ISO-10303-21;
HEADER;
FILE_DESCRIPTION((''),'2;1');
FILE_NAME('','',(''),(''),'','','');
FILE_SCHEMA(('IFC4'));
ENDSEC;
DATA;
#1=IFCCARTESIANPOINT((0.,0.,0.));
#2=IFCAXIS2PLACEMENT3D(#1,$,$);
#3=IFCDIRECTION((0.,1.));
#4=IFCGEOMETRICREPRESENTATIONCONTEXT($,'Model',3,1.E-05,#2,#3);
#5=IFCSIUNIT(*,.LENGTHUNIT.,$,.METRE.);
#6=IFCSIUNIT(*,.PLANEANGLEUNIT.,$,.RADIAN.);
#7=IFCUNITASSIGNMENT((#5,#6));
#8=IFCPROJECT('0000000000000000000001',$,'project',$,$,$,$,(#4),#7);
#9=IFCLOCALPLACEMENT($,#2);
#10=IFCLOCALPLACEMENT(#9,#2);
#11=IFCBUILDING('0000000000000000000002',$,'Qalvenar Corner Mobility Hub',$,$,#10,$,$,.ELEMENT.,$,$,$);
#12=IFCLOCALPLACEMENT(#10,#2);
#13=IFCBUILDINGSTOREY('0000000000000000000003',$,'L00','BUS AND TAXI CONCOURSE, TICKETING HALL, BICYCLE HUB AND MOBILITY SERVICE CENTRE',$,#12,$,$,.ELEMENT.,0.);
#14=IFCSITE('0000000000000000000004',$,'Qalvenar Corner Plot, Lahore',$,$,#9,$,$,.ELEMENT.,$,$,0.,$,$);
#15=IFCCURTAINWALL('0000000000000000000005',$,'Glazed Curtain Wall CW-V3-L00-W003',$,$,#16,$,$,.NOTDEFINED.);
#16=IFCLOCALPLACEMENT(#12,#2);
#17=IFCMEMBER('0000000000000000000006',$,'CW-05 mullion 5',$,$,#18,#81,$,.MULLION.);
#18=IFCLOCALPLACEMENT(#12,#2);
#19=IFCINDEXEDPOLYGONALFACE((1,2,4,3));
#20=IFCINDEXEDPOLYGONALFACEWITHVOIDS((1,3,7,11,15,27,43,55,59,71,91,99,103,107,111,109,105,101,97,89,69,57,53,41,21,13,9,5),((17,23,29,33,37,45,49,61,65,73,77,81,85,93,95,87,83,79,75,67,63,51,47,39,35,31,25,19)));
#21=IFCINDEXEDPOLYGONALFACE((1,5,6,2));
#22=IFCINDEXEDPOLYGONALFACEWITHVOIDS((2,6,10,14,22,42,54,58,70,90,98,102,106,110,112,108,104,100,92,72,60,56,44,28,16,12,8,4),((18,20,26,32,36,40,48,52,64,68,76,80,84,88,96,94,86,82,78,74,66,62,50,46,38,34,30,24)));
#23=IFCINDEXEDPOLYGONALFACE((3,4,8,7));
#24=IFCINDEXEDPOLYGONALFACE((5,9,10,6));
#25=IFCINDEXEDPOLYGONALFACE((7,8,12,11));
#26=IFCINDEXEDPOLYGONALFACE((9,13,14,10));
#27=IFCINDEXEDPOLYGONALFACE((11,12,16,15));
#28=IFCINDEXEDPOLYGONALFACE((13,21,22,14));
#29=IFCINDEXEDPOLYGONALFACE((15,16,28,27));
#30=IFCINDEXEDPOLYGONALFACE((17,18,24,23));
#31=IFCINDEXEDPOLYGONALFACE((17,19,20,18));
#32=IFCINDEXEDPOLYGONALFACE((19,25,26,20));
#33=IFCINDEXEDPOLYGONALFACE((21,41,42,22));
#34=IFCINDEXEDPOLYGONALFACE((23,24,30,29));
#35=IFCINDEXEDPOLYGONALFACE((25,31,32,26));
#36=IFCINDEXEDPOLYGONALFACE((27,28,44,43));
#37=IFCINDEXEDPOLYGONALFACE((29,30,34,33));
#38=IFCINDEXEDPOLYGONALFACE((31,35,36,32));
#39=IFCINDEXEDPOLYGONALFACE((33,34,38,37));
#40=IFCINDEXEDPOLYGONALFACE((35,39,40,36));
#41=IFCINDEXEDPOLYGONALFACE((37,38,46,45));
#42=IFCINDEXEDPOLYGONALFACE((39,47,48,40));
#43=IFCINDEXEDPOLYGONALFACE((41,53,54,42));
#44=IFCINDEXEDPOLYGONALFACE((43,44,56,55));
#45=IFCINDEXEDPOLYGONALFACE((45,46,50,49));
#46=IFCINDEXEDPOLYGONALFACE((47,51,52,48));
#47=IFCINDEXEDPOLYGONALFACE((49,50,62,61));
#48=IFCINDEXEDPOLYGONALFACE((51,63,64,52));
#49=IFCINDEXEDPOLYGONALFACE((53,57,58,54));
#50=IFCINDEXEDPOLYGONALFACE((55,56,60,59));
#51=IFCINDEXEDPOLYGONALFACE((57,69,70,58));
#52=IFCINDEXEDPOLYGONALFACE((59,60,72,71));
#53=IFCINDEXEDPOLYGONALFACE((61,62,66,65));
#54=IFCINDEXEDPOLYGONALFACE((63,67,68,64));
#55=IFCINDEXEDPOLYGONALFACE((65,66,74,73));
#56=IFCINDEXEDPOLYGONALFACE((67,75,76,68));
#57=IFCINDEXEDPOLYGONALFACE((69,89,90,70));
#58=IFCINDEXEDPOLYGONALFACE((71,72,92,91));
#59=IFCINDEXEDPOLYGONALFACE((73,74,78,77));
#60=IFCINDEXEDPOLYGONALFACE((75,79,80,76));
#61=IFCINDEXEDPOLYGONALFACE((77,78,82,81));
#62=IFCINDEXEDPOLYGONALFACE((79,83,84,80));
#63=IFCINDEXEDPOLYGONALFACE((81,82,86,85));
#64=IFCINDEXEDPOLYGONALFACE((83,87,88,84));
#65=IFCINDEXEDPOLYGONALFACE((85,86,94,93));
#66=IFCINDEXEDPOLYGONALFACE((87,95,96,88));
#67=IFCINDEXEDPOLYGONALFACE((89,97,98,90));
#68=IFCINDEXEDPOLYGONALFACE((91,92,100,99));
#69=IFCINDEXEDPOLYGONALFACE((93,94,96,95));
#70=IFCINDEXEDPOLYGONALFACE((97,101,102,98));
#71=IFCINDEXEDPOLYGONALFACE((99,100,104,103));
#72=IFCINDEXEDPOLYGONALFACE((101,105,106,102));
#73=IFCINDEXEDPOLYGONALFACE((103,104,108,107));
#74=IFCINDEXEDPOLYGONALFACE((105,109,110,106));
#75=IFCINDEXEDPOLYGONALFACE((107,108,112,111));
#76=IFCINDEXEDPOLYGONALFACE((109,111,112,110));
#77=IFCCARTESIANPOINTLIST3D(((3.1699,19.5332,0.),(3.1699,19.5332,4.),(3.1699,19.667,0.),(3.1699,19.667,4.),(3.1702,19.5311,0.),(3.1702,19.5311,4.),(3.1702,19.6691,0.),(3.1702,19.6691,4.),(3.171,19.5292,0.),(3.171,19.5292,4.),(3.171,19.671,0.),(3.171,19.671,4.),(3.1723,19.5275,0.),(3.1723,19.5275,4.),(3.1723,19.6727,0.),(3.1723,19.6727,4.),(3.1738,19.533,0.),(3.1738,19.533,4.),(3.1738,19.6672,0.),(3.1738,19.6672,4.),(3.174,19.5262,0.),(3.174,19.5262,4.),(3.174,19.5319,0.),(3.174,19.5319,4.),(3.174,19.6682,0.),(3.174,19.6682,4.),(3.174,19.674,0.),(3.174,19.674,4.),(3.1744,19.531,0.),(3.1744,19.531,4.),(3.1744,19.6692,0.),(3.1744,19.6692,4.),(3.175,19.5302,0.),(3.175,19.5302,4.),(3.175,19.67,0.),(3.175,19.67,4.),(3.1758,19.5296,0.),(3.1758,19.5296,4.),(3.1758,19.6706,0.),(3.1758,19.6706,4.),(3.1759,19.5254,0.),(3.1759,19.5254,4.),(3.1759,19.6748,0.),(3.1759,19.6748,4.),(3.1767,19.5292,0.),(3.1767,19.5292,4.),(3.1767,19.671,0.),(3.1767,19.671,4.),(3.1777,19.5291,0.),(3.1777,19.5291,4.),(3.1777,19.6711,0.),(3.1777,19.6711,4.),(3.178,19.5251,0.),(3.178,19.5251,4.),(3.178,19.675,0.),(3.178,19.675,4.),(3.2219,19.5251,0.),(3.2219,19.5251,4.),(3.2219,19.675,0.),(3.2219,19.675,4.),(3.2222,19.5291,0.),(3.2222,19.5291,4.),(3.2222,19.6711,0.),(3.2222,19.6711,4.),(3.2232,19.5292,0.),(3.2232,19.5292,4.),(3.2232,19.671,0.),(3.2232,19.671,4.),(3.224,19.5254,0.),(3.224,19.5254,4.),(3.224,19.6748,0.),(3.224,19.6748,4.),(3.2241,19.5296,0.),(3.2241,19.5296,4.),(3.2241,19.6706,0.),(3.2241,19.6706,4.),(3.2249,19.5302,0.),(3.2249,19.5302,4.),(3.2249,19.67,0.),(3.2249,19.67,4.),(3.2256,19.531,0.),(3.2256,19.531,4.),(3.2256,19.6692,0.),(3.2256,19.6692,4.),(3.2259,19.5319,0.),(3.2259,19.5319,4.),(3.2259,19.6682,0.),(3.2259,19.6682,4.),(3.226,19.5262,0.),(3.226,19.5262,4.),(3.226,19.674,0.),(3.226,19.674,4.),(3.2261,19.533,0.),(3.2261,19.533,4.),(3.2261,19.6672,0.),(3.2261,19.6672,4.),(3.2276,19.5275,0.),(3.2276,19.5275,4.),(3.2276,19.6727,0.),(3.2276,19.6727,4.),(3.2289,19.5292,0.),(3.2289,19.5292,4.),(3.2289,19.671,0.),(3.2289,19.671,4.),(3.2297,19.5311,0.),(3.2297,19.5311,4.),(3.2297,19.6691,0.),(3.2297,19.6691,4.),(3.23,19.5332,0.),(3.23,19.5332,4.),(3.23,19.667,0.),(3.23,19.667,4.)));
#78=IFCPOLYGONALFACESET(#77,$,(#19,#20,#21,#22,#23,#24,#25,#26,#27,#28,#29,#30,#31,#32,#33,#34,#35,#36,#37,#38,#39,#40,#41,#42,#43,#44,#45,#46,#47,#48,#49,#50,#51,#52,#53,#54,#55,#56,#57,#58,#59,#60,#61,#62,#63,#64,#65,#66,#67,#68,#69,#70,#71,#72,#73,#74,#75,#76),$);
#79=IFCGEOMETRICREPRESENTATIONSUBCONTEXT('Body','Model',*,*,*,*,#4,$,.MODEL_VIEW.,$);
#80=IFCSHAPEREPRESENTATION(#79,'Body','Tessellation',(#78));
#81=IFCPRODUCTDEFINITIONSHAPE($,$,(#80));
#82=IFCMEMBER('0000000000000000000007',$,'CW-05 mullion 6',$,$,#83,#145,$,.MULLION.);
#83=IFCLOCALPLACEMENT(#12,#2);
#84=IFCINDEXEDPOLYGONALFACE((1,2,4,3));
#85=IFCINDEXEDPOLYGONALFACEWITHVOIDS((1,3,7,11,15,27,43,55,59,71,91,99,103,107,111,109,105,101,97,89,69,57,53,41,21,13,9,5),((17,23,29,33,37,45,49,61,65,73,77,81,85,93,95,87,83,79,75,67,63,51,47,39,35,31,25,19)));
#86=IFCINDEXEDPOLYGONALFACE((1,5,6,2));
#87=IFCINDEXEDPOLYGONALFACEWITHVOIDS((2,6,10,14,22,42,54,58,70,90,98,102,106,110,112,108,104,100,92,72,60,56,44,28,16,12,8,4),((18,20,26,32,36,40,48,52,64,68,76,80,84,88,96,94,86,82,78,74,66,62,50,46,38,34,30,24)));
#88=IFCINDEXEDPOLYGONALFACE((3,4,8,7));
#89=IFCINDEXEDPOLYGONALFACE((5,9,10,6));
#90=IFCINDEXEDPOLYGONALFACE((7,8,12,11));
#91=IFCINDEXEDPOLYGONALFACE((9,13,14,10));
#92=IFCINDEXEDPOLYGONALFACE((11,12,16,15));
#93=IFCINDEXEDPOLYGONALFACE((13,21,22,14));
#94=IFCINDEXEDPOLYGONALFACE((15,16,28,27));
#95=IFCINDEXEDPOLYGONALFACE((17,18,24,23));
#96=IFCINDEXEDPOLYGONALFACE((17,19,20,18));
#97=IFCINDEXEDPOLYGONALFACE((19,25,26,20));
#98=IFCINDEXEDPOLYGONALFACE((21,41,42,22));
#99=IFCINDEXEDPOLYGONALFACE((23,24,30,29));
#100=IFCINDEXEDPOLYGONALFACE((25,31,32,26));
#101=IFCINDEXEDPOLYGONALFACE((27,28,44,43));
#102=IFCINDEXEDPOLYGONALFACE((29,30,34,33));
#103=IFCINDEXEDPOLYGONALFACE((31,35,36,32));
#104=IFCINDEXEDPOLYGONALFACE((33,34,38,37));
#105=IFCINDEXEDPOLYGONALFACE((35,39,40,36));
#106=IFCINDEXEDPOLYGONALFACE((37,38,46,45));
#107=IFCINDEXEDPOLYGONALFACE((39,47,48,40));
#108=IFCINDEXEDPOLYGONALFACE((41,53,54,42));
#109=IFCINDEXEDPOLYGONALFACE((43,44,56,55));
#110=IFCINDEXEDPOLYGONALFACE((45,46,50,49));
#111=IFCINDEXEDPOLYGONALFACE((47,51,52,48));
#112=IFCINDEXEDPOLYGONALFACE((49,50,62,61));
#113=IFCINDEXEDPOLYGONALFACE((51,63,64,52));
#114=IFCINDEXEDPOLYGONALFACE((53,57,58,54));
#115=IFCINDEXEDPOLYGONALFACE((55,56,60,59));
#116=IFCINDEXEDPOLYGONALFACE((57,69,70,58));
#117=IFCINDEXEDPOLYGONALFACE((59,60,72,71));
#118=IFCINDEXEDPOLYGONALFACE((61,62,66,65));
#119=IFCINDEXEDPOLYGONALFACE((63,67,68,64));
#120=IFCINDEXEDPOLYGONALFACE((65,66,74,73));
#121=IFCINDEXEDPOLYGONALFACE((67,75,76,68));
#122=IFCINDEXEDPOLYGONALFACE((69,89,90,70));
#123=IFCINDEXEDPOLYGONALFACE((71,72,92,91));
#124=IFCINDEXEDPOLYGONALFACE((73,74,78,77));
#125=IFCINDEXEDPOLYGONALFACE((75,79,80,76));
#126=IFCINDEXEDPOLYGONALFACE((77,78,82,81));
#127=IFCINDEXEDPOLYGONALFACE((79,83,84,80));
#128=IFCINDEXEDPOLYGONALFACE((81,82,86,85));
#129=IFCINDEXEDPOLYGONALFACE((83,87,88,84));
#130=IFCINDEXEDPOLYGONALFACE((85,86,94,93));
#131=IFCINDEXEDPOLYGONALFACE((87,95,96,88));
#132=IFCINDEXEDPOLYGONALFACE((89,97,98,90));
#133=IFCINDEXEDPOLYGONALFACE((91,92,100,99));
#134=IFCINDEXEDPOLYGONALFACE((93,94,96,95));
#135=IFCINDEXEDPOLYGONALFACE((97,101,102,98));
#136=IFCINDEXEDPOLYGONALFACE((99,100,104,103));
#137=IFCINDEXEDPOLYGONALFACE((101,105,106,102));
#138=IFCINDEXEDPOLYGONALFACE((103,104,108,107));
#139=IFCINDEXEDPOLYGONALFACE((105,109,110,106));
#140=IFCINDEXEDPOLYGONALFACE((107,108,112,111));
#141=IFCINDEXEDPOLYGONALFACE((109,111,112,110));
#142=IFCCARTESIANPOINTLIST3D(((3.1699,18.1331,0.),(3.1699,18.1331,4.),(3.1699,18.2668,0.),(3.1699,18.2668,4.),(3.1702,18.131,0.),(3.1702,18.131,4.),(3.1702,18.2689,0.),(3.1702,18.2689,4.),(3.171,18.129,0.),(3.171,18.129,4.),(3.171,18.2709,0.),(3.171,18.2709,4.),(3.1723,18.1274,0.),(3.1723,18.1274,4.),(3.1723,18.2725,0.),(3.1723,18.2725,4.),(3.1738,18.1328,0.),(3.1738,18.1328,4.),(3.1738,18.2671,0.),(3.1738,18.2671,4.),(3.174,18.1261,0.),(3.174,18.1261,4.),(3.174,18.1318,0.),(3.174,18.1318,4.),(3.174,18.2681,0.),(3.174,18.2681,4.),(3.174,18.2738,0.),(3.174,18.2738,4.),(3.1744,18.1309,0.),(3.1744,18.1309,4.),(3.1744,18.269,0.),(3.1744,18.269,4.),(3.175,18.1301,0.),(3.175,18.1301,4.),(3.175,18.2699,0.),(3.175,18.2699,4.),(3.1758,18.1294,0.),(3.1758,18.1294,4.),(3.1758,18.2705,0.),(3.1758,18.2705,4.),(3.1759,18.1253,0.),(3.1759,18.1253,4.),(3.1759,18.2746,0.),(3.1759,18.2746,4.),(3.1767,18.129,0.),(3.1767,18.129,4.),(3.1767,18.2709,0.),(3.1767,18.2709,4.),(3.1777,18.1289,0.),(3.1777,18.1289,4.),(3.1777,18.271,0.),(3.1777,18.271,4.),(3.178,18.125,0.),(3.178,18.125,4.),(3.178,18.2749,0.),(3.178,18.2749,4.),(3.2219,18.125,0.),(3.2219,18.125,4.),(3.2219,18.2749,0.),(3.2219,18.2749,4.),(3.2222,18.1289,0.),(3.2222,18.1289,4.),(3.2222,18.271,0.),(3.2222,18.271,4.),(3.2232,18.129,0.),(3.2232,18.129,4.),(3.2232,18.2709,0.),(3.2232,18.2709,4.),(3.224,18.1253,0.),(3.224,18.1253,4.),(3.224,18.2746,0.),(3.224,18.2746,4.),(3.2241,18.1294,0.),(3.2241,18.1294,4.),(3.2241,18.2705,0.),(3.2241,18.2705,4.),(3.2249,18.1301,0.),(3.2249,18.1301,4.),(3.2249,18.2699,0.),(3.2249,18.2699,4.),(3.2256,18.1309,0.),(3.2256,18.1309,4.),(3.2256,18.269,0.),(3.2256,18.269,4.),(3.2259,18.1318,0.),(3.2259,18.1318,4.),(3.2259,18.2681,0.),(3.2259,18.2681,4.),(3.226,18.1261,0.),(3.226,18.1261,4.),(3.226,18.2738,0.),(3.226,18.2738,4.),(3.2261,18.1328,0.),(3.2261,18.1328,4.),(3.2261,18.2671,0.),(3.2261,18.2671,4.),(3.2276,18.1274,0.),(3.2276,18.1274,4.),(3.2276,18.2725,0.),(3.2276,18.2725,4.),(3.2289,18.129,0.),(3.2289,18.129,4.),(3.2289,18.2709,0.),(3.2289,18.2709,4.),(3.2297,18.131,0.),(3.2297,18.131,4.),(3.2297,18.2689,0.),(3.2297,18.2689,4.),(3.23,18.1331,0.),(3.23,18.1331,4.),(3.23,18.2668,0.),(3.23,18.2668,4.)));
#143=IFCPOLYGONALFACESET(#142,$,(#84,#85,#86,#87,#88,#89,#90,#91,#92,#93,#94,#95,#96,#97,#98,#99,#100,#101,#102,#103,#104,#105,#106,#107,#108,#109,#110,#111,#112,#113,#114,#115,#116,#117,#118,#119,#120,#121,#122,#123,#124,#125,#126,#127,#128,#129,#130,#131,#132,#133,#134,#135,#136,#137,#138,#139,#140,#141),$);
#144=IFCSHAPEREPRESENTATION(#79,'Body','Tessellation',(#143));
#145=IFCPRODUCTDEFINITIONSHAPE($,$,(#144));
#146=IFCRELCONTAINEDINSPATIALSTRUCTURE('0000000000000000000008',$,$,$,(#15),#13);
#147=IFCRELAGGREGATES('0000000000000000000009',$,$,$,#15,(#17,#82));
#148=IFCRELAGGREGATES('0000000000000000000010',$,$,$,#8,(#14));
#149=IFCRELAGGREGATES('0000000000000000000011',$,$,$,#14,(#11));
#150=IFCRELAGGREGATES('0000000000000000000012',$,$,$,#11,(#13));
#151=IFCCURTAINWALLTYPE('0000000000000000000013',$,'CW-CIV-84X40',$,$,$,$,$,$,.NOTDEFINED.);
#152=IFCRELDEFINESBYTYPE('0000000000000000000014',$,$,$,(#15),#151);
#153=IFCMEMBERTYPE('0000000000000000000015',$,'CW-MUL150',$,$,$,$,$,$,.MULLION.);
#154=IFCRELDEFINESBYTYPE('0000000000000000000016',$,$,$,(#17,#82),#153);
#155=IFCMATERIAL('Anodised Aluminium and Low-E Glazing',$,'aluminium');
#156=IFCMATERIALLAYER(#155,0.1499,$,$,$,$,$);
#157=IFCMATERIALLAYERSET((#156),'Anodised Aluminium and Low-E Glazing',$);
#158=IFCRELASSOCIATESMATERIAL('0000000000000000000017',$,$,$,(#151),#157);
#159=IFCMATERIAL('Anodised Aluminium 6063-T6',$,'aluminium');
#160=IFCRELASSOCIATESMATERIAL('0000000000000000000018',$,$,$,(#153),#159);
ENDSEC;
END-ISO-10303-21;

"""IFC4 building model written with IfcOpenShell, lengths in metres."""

from ifc_helpers import new_model, si_unit, direction, frame, origin, origin_2d, place, context, subcontext, project, spatial, hollow_rectangle, extrude, material, layer, layer_set, material_profile, profile_set, type_object, element, aggregate, save


model = new_model("IFC4")

# Units and contexts
model_context = context("Model", 3, precision=1e-05, world=origin(), true_north=direction((0.0, 1.0)))
body_context = subcontext(model_context, "Body", "Model", "MODEL_VIEW")
ifc_project = project(units=[si_unit("LENGTHUNIT", "METRE"), si_unit("PLANEANGLEUNIT", "RADIAN")], contexts=[model_context])

# Site, building, storey
site_placement = place(None, origin())
site = spatial("IfcSite", under=ifc_project, at=site_placement, Name="Qalvenar Corner Plot, Lahore", CompositionType="ELEMENT", RefElevation=0.0)
building_placement = place(site_placement, origin())
building = spatial("IfcBuilding", under=site, at=building_placement, Name="Qalvenar Corner Mobility Hub", CompositionType="ELEMENT")
storey_placement = place(building_placement, origin())
storey = spatial("IfcBuildingStorey", under=building, at=storey_placement, Name="L00", Description="BUS AND TAXI CONCOURSE, TICKETING HALL, BICYCLE HUB AND MOBILITY SERVICE CENTRE", CompositionType="ELEMENT", Elevation=0.0)

# Curtain wall, members
ifc_material_1 = material(Name="Anodised Aluminium and Low-E Glazing", Category="aluminium")
ifc_layer_1 = layer(ifc_material_1, 0.1499)
ifc_layer_set_1 = layer_set([ifc_layer_1], Name="Anodised Aluminium and Low-E Glazing")
curtain_wall_type = type_object("IfcCurtainWallType", Name="CW-CIV-84X40", PredefinedType="NOTDEFINED", material=ifc_layer_set_1)
curtain_wall_placement = place(storey_placement, origin())
curtain_wall = element("IfcCurtainWall", 1, at=curtain_wall_placement, inside=storey, type_object=curtain_wall_type, Name="Glazed Curtain Wall CW-V3-L00-W003", PredefinedType="NOTDEFINED")
ifc_material_2 = material(Name="Anodised Aluminium 6063-T6", Category="aluminium")
ifc_material_profile_1 = material_profile(ifc_material_2, hollow_rectangle(XDim=0.0601, YDim=0.1499, WallThickness=0.0039, InnerFilletRadius=0.0039, OuterFilletRadius=0.0081, at=origin_2d()), Name="RHS150x60x4")
ifc_profile_set_1 = profile_set([ifc_material_profile_1], Name="Anodised Aluminium 6063-T6")
member_type_1 = type_object("IfcMemberType", Name="CW-MUL150", PredefinedType="MULLION", material=ifc_profile_set_1)
member_1_placement = place(storey_placement, frame((3.2, 19.6001, 0.0), z_axis=(0.0, 0.0, 1.0), x_axis=(1.0, 0.0, 0.0)))
member_1 = element("IfcMember", 2, at=member_1_placement, type_object=member_type_1, Name="CW-05 mullion 5", PredefinedType="MULLION", context=body_context, shape_type="SweptSolid", body=[
    extrude(hollow_rectangle(XDim=0.0601, YDim=0.1499, WallThickness=0.0039, InnerFilletRadius=0.0039, OuterFilletRadius=0.0081, at=origin_2d()), origin(), (0.0, 0.0, 1.0), 4.0),
])
member_2_placement = place(storey_placement, frame((3.2, 18.2, 0.0), z_axis=(0.0, 0.0, 1.0), x_axis=(1.0, 0.0, 0.0)))
member_2 = element("IfcMember", 3, at=member_2_placement, type_object=member_type_1, Name="CW-05 mullion 6", PredefinedType="MULLION", context=body_context, shape_type="SweptSolid", body=[
    extrude(hollow_rectangle(XDim=0.0601, YDim=0.1499, WallThickness=0.0039, InnerFilletRadius=0.0039, OuterFilletRadius=0.0081, at=origin_2d()), origin(), (0.0, 0.0, 1.0), 4.0),
])
aggregate(curtain_wall, [member_1, member_2])

save(model, "model.ifc")
